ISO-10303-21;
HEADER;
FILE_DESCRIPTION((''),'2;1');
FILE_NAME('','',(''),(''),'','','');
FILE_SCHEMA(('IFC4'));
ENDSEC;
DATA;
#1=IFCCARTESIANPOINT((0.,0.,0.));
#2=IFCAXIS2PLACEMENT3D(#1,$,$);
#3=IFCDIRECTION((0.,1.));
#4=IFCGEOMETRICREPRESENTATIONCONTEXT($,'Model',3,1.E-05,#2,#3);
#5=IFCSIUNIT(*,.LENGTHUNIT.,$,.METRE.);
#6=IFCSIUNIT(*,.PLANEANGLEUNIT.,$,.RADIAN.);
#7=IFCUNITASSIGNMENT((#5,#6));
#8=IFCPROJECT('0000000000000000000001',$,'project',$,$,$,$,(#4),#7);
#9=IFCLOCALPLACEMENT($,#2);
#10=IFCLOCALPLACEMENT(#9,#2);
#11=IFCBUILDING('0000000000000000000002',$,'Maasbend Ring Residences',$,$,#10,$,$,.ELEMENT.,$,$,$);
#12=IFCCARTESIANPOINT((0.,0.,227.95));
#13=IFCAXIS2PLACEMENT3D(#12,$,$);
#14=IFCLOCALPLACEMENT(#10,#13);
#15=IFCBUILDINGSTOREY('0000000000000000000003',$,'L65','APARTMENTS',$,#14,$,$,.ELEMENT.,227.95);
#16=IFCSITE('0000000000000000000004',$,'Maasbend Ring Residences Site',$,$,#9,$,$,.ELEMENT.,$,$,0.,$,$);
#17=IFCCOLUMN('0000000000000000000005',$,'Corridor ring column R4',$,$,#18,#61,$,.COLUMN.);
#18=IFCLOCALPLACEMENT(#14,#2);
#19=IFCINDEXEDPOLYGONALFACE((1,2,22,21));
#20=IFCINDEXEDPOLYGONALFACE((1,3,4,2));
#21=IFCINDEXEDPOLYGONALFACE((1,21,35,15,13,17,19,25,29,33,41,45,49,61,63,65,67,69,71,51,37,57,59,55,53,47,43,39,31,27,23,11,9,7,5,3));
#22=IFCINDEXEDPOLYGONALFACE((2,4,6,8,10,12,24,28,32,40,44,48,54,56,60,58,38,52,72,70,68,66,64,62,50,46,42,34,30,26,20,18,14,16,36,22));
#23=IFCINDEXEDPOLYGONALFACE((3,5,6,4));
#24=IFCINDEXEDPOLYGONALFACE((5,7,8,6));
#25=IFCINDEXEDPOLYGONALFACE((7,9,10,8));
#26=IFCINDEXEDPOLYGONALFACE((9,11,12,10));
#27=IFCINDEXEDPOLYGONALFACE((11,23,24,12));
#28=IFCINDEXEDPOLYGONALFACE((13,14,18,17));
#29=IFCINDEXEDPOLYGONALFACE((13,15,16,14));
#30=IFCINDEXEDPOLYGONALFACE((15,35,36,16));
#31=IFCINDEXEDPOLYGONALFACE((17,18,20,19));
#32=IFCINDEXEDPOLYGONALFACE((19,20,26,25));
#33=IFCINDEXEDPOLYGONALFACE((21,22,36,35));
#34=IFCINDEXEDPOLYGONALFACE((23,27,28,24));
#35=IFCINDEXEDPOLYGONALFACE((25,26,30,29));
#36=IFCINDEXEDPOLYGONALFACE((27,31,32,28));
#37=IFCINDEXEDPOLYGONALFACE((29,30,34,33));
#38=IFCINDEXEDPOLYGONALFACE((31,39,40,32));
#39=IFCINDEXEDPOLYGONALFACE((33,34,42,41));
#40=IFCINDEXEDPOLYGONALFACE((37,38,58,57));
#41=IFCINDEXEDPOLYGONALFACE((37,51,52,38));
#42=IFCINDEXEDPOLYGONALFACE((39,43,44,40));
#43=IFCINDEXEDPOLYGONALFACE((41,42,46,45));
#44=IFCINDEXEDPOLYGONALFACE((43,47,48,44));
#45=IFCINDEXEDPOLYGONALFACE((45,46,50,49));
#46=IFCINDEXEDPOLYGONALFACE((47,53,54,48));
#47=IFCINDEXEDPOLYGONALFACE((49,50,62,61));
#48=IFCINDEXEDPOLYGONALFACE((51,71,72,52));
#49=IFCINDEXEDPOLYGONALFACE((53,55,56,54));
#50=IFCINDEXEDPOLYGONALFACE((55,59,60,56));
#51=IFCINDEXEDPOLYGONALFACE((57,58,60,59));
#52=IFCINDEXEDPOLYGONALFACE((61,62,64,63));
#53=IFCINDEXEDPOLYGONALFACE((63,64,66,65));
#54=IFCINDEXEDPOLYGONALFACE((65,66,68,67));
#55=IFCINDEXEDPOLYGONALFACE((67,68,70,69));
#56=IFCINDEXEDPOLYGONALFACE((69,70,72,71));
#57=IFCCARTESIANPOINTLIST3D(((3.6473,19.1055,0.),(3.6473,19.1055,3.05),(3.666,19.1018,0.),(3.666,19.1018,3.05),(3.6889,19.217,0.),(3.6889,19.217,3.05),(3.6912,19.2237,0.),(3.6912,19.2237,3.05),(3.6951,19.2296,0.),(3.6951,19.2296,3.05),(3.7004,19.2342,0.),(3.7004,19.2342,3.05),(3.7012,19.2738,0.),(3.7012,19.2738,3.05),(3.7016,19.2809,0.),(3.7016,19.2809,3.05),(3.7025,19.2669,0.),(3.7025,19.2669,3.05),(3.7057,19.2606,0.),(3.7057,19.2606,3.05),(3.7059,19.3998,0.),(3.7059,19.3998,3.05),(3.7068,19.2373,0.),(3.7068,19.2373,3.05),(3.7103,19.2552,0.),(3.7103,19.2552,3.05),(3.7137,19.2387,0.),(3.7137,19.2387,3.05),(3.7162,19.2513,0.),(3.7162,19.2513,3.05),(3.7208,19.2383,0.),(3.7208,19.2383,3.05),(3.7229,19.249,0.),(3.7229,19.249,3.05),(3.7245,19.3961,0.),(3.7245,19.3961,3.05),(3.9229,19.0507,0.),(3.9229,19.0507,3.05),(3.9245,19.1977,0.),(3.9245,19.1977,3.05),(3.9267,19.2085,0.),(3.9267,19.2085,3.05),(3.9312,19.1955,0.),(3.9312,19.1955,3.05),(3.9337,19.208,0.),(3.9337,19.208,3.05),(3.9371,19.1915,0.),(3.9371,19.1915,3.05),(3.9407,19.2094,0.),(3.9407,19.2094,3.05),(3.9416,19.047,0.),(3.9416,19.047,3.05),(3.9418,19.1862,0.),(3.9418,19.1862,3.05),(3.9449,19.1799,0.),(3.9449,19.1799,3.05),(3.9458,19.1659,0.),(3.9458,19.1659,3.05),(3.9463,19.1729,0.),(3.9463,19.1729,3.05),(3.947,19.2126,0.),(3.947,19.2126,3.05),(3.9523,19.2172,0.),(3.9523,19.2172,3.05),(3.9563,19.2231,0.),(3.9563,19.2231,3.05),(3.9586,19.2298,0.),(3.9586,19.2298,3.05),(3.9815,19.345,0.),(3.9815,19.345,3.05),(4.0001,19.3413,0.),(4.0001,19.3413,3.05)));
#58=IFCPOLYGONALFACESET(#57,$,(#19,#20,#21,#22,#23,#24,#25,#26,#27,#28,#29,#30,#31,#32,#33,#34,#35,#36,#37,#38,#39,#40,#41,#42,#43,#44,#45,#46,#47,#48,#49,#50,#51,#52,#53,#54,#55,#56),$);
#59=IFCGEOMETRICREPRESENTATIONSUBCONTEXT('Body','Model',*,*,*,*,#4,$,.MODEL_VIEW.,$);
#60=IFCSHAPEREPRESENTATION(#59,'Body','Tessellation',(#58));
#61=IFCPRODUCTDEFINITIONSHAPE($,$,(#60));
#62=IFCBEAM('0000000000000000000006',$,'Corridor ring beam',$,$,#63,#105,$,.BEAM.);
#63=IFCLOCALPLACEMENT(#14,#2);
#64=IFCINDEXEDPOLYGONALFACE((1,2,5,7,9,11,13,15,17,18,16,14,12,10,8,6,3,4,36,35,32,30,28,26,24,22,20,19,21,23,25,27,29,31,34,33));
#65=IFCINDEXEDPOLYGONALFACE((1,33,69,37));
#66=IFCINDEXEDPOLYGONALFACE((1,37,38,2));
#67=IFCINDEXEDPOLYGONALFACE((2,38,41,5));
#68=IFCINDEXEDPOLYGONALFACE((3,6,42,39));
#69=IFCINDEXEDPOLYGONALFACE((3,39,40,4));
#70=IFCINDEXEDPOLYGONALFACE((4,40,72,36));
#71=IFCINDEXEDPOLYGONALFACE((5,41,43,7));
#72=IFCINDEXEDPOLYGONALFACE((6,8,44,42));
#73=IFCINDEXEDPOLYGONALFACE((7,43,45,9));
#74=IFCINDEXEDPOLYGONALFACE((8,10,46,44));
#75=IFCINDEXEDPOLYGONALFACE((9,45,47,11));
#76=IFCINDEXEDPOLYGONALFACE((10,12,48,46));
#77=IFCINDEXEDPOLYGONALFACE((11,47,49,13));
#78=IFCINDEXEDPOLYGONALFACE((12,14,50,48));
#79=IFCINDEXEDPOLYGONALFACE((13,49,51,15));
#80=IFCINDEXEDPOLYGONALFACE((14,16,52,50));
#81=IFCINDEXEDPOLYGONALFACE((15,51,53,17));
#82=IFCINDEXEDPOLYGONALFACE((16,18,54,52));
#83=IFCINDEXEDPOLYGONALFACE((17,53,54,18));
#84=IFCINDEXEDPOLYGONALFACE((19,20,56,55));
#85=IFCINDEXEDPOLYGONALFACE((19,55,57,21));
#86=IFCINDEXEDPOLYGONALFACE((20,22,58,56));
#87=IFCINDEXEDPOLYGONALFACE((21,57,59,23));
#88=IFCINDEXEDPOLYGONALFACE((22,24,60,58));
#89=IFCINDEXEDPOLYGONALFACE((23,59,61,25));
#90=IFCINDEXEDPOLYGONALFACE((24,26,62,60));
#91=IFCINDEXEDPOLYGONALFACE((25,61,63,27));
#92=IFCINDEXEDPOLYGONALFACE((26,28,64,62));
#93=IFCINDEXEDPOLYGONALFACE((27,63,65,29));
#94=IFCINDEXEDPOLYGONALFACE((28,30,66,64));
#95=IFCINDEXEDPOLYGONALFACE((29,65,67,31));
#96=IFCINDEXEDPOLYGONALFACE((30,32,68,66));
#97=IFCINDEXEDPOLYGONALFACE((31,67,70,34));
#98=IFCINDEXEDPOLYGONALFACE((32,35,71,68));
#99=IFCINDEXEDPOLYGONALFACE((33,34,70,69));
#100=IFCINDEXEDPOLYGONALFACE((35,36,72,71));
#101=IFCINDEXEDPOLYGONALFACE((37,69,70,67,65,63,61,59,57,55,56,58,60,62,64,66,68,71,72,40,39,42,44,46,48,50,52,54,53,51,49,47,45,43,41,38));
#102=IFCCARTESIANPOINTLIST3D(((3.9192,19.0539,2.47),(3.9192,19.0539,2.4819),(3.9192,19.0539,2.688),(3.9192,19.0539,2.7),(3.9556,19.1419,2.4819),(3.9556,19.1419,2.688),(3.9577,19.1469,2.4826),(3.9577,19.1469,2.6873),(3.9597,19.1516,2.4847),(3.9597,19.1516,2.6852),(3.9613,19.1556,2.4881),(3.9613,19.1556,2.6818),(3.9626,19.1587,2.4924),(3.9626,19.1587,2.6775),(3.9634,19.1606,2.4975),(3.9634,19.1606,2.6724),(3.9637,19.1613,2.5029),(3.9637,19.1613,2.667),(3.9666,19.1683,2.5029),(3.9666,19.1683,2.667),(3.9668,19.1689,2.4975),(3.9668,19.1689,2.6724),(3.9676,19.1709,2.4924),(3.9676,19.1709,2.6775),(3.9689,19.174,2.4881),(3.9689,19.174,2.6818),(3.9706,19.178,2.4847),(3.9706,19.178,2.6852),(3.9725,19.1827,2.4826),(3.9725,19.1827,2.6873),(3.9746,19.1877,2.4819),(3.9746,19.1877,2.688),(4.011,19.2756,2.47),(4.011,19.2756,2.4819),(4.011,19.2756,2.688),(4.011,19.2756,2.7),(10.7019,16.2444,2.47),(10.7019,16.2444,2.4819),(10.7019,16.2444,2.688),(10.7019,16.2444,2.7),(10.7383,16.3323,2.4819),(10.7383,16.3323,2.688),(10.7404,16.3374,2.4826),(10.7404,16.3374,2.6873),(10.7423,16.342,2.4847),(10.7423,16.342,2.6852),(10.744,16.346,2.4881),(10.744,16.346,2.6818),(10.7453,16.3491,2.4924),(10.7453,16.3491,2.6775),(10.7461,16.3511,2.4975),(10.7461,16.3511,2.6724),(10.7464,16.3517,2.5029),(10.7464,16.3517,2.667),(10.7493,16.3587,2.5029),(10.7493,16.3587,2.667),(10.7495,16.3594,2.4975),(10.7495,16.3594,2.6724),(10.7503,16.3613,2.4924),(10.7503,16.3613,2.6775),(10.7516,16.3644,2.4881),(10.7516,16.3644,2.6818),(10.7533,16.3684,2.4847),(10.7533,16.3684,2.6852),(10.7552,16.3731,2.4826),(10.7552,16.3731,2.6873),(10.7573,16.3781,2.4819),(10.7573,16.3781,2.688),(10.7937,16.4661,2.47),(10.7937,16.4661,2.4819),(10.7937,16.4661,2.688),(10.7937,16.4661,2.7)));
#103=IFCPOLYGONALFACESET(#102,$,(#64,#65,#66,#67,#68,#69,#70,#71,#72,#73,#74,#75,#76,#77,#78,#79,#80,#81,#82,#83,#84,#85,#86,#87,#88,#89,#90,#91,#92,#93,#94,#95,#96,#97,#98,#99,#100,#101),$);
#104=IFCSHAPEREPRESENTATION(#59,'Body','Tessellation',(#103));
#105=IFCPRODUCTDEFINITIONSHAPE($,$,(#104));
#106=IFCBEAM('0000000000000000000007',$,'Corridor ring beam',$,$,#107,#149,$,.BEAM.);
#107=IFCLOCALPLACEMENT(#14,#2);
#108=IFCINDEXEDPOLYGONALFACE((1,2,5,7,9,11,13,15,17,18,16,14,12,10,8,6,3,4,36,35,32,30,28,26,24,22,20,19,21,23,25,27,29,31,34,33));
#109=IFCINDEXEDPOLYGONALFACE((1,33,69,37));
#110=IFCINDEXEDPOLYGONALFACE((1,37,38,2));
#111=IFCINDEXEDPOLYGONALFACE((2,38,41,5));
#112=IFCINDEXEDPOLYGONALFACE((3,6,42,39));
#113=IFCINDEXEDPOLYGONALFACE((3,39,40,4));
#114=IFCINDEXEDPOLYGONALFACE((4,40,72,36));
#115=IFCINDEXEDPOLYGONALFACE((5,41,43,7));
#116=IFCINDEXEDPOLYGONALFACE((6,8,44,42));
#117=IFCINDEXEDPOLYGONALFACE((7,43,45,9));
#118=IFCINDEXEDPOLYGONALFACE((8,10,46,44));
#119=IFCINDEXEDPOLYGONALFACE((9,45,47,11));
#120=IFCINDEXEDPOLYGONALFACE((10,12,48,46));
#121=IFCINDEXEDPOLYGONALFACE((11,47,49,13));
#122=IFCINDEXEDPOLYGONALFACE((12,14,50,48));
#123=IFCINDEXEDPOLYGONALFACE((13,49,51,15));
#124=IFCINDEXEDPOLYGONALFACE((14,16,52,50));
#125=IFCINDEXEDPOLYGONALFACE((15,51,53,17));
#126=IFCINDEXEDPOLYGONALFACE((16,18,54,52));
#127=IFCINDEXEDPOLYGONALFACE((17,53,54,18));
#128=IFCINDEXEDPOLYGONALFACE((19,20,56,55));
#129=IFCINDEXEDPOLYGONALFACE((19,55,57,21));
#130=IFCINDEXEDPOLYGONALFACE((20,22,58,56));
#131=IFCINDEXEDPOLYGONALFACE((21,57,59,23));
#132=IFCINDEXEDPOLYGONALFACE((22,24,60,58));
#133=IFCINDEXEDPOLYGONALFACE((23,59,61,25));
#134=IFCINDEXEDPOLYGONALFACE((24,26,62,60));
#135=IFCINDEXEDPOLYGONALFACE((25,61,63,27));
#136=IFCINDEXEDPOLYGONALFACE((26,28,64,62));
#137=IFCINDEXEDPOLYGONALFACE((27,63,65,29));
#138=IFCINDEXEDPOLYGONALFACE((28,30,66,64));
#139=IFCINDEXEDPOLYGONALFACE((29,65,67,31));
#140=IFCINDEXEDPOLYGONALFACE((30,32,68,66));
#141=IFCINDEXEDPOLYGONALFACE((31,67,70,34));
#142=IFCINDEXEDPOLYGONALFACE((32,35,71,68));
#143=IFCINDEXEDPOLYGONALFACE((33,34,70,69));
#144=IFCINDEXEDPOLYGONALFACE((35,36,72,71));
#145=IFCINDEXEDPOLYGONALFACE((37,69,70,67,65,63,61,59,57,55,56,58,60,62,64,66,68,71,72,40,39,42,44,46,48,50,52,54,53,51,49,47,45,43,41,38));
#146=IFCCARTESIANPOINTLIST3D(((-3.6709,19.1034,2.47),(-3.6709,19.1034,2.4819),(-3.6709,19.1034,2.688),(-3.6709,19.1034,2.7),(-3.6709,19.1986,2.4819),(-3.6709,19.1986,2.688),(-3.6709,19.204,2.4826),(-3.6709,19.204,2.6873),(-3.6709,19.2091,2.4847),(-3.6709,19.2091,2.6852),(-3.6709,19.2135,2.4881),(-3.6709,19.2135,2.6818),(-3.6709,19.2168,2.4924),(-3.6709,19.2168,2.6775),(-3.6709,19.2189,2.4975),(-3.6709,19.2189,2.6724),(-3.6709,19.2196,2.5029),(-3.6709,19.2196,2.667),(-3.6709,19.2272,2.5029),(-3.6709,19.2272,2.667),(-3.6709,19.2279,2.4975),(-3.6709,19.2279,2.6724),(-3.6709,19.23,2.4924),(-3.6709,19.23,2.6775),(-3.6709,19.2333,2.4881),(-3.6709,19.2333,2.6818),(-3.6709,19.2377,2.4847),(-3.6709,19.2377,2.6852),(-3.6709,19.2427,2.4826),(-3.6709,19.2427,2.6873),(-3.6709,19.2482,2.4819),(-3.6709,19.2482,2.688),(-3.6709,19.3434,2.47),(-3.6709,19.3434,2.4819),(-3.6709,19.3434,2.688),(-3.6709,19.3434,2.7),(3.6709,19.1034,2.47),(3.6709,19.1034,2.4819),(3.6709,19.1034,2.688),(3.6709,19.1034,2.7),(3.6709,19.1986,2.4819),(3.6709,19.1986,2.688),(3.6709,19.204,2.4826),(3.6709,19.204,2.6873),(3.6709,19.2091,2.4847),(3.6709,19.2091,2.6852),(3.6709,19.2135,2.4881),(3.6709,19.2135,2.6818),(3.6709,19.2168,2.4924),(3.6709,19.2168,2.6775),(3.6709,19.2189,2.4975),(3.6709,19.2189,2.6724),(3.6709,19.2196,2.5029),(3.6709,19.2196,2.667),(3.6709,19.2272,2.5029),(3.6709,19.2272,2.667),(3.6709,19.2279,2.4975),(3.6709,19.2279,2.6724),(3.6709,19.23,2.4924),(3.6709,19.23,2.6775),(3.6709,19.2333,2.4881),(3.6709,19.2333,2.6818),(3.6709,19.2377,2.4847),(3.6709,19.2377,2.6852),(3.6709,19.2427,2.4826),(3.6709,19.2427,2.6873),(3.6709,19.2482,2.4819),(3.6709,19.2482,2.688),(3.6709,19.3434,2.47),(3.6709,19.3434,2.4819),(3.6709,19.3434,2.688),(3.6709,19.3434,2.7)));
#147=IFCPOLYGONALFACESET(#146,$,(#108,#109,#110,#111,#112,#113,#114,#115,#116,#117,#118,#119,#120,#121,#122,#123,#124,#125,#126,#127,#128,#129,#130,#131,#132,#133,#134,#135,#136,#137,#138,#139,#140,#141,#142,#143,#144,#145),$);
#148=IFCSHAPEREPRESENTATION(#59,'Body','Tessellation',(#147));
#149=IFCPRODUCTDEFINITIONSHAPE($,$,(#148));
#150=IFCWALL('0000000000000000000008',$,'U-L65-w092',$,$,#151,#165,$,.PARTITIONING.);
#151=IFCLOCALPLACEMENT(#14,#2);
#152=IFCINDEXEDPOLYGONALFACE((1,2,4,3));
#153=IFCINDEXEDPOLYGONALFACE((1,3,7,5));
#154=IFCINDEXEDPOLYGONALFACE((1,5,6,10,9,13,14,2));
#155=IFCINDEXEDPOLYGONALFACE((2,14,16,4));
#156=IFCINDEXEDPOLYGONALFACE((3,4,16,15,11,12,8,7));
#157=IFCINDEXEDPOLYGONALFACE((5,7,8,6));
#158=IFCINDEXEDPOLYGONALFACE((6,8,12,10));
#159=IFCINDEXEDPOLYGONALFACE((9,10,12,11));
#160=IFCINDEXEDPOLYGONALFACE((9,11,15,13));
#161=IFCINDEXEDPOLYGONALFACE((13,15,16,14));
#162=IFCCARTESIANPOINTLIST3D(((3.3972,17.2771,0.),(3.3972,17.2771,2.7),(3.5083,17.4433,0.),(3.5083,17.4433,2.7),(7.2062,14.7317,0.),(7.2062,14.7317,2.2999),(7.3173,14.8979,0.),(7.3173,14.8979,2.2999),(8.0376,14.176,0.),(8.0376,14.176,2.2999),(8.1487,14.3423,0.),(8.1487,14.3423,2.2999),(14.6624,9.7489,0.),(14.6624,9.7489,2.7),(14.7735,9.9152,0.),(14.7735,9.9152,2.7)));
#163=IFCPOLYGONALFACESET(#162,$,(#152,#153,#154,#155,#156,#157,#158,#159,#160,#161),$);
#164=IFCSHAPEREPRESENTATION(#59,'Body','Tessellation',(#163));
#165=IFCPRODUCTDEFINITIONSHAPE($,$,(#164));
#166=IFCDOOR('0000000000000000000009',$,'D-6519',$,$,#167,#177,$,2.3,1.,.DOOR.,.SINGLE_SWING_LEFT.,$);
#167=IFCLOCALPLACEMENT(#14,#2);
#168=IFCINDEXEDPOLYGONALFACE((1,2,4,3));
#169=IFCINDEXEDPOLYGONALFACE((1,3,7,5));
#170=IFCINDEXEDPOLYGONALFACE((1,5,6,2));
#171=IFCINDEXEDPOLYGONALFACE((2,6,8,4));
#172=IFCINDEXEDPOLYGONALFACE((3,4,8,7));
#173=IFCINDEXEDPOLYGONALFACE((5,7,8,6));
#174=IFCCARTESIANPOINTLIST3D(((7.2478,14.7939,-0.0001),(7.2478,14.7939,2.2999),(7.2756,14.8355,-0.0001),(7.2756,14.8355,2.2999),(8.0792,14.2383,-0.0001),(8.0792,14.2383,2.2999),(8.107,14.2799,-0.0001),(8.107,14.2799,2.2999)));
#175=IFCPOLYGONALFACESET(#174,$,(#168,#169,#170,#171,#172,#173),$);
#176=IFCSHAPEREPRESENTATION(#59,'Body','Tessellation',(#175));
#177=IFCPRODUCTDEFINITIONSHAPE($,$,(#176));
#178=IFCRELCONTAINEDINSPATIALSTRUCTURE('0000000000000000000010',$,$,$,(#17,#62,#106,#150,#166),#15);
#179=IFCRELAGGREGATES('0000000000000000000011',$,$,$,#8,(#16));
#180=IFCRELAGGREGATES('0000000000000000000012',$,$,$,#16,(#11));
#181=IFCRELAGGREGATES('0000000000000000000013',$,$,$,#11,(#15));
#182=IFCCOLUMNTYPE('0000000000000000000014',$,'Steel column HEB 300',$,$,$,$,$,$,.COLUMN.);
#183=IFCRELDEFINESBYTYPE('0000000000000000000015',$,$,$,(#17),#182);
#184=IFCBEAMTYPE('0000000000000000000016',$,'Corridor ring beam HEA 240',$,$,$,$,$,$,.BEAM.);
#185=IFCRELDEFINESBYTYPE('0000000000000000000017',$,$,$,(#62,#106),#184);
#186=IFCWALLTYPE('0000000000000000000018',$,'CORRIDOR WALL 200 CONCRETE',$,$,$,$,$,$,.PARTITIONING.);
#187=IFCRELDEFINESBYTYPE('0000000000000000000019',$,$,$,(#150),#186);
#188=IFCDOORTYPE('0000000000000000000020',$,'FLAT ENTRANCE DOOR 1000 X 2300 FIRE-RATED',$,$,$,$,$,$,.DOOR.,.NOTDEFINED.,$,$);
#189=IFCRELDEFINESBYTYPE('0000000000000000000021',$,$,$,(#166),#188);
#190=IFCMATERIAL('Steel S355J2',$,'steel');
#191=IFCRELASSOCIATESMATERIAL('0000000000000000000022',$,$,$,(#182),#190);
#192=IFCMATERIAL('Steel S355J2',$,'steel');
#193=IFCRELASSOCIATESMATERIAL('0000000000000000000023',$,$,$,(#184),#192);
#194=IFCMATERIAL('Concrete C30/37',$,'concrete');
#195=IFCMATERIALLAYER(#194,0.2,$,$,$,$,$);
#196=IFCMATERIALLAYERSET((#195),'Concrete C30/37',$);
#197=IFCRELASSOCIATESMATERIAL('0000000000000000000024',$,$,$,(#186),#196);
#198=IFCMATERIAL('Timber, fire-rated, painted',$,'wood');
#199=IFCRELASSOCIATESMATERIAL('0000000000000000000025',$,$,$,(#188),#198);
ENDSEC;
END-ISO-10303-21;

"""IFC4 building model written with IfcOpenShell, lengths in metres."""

from ifc_helpers import new_model, si_unit, direction, frame, frame_2d, origin, origin_2d, place, context, subcontext, project, spatial, rectangle, i_section, extrude, material, layer, layer_set, material_profile, profile_set, type_object, element, fill, save


model = new_model("IFC4")

# Units and contexts
model_context = context("Model", 3, precision=1e-05, world=origin(), true_north=direction((0.0, 1.0)))
body_context = subcontext(model_context, "Body", "Model", "MODEL_VIEW")
ifc_project = project(units=[si_unit("LENGTHUNIT", "METRE"), si_unit("PLANEANGLEUNIT", "RADIAN")], contexts=[model_context])

# Site, building, storey
site_placement = place(None, origin())
site = spatial("IfcSite", under=ifc_project, at=site_placement, Name="Maasbend Ring Residences Site", CompositionType="ELEMENT", RefElevation=0.0)
building_placement = place(site_placement, origin())
building = spatial("IfcBuilding", under=site, at=building_placement, Name="Maasbend Ring Residences", CompositionType="ELEMENT")
storey_placement = place(building_placement, frame((0.0, 0.0, 227.95)))
storey = spatial("IfcBuildingStorey", under=building, at=storey_placement, Name="L65", Description="APARTMENTS", CompositionType="ELEMENT", Elevation=227.95)

# Column
ifc_material_1 = material(Name="Steel S355J2", Category="steel")
ifc_material_profile_1 = material_profile(ifc_material_1, i_section(OverallWidth=0.3, OverallDepth=0.3, WebThickness=0.011, FlangeThickness=0.019, FilletRadius=0.0271, at=origin_2d()), Name="HEB 300")
ifc_profile_set_1 = profile_set([ifc_material_profile_1], Name="Steel S355J2")
column_type = type_object("IfcColumnType", Name="Steel column HEB 300", PredefinedType="COLUMN", material=ifc_profile_set_1)
column_placement = place(storey_placement, frame((3.8237, 19.2234, 0.0), z_axis=(0.0, 0.0, 1.0), x_axis=(0.19509, 0.980785, 0.0)))
element("IfcColumn", 1, at=column_placement, inside=storey, type_object=column_type, Name="Corridor ring column R4", PredefinedType="COLUMN", context=body_context, shape_type="SweptSolid", body=[
    extrude(i_section(OverallWidth=0.3, OverallDepth=0.3, WebThickness=0.011, FlangeThickness=0.019, FilletRadius=0.0271, at=origin_2d()), origin(), (0.0, 0.0, 1.0), 3.05),
])

# Beams
ifc_material_2 = material(Name="Steel S355J2", Category="steel")
ifc_material_profile_2 = material_profile(ifc_material_2, i_section(OverallWidth=0.24, OverallDepth=0.23, WebThickness=0.0076, FlangeThickness=0.012, FilletRadius=0.021, at=origin_2d()), Name="HEA 240")
ifc_profile_set_2 = profile_set([ifc_material_profile_2], Name="Steel S355J2")
beam_type = type_object("IfcBeamType", Name="Corridor ring beam HEA 240", PredefinedType="BEAM", material=ifc_profile_set_2)
beam_1_placement = place(storey_placement, frame((10.7478, 16.3552, 2.585), z_axis=(-0.923876, 0.382692, 0.0), x_axis=(-0.382692, -0.923876, 0.0)))
element("IfcBeam", 2, at=beam_1_placement, inside=storey, type_object=beam_type, Name="Corridor ring beam", PredefinedType="BEAM", context=body_context, shape_type="SweptSolid", body=[
    extrude(i_section(OverallWidth=0.24, OverallDepth=0.23, WebThickness=0.0076, FlangeThickness=0.012, FilletRadius=0.021, at=origin_2d()), origin(), (0.0, 0.0, 1.0), 7.3416),
])
beam_2_placement = place(storey_placement, frame((3.6709, 19.2234, 2.585), z_axis=(-1.0, 0.0, 0.0), x_axis=(0.0, -1.0, 0.0)))
element("IfcBeam", 3, at=beam_2_placement, inside=storey, type_object=beam_type, Name="Corridor ring beam", PredefinedType="BEAM", context=body_context, shape_type="SweptSolid", body=[
    extrude(i_section(OverallWidth=0.24, OverallDepth=0.23, WebThickness=0.0076, FlangeThickness=0.012, FilletRadius=0.021, at=origin_2d()), origin(), (0.0, 0.0, 1.0), 7.3418),
])

# Wall, opening, door
ifc_material_3 = material(Name="Concrete C30/37", Category="concrete")
ifc_layer_1 = layer(ifc_material_3, 0.2)
ifc_layer_set_1 = layer_set([ifc_layer_1], Name="Concrete C30/37")
wall_type_1 = type_object("IfcWallType", Name="CORRIDOR WALL 200 CONCRETE", PredefinedType="PARTITIONING", material=ifc_layer_set_1)
wall_1_placement = place(storey_placement, frame((3.4529, 17.3601, 0.0), z_axis=(0.0, 0.0, 1.0), x_axis=(0.831437, -0.555619, 0.0)))
wall_1 = element("IfcWall", 4, at=wall_1_placement, inside=storey, type_object=wall_type_1, Name="U-L65-w092", PredefinedType="PARTITIONING", context=body_context, shape_type="SweptSolid", body=[
    extrude(rectangle(XDim=13.5491, YDim=0.2, at=frame_2d((6.7744, 0.0))), origin(), (0.0, 0.0, 1.0), 2.7),
])
opening_1_placement = place(wall_1_placement, frame((4.5811, 0.0, 0.0)))
opening_1 = element("IfcOpeningElement", 5, at=opening_1_placement, cuts=wall_1, PredefinedType="OPENING", context=body_context, shape_type="SweptSolid", body=[
    extrude(rectangle(XDim=1.0, YDim=2.3, at=frame_2d((0.5, 1.1499))), frame((0.0, 0.1099, 0.0), z_axis=(0.0, -1.0, 0.0), x_axis=(1.0, 0.0, 0.0)), (0.0, 0.0, 1.0), 0.22),
])
ifc_material_4 = material(Name="Timber, fire-rated, painted", Category="wood")
door_type_1 = type_object("IfcDoorType", Name="FLAT ENTRANCE DOOR 1000 X 2300 FIRE-RATED", OperationType="NOTDEFINED", PredefinedType="DOOR", material=ifc_material_4)
door_1_placement = place(opening_1_placement, origin())
door_1 = element("IfcDoor", 6, at=door_1_placement, inside=storey, type_object=door_type_1, Name="D-6519", OperationType="SINGLE_SWING_LEFT", OverallHeight=2.3, OverallWidth=1.0, PredefinedType="DOOR", context=body_context, shape_type="SweptSolid", body=[
    extrude(rectangle(XDim=1.0, YDim=2.3, at=frame_2d((0.5, 1.1499))), frame((0.0, 0.0249, 0.0), z_axis=(0.0, -1.0, 0.0), x_axis=(1.0, 0.0, 0.0)), (0.0, 0.0, 1.0), 0.05),
])
fill(opening_1, door_1)

save(model, "model.ifc")
